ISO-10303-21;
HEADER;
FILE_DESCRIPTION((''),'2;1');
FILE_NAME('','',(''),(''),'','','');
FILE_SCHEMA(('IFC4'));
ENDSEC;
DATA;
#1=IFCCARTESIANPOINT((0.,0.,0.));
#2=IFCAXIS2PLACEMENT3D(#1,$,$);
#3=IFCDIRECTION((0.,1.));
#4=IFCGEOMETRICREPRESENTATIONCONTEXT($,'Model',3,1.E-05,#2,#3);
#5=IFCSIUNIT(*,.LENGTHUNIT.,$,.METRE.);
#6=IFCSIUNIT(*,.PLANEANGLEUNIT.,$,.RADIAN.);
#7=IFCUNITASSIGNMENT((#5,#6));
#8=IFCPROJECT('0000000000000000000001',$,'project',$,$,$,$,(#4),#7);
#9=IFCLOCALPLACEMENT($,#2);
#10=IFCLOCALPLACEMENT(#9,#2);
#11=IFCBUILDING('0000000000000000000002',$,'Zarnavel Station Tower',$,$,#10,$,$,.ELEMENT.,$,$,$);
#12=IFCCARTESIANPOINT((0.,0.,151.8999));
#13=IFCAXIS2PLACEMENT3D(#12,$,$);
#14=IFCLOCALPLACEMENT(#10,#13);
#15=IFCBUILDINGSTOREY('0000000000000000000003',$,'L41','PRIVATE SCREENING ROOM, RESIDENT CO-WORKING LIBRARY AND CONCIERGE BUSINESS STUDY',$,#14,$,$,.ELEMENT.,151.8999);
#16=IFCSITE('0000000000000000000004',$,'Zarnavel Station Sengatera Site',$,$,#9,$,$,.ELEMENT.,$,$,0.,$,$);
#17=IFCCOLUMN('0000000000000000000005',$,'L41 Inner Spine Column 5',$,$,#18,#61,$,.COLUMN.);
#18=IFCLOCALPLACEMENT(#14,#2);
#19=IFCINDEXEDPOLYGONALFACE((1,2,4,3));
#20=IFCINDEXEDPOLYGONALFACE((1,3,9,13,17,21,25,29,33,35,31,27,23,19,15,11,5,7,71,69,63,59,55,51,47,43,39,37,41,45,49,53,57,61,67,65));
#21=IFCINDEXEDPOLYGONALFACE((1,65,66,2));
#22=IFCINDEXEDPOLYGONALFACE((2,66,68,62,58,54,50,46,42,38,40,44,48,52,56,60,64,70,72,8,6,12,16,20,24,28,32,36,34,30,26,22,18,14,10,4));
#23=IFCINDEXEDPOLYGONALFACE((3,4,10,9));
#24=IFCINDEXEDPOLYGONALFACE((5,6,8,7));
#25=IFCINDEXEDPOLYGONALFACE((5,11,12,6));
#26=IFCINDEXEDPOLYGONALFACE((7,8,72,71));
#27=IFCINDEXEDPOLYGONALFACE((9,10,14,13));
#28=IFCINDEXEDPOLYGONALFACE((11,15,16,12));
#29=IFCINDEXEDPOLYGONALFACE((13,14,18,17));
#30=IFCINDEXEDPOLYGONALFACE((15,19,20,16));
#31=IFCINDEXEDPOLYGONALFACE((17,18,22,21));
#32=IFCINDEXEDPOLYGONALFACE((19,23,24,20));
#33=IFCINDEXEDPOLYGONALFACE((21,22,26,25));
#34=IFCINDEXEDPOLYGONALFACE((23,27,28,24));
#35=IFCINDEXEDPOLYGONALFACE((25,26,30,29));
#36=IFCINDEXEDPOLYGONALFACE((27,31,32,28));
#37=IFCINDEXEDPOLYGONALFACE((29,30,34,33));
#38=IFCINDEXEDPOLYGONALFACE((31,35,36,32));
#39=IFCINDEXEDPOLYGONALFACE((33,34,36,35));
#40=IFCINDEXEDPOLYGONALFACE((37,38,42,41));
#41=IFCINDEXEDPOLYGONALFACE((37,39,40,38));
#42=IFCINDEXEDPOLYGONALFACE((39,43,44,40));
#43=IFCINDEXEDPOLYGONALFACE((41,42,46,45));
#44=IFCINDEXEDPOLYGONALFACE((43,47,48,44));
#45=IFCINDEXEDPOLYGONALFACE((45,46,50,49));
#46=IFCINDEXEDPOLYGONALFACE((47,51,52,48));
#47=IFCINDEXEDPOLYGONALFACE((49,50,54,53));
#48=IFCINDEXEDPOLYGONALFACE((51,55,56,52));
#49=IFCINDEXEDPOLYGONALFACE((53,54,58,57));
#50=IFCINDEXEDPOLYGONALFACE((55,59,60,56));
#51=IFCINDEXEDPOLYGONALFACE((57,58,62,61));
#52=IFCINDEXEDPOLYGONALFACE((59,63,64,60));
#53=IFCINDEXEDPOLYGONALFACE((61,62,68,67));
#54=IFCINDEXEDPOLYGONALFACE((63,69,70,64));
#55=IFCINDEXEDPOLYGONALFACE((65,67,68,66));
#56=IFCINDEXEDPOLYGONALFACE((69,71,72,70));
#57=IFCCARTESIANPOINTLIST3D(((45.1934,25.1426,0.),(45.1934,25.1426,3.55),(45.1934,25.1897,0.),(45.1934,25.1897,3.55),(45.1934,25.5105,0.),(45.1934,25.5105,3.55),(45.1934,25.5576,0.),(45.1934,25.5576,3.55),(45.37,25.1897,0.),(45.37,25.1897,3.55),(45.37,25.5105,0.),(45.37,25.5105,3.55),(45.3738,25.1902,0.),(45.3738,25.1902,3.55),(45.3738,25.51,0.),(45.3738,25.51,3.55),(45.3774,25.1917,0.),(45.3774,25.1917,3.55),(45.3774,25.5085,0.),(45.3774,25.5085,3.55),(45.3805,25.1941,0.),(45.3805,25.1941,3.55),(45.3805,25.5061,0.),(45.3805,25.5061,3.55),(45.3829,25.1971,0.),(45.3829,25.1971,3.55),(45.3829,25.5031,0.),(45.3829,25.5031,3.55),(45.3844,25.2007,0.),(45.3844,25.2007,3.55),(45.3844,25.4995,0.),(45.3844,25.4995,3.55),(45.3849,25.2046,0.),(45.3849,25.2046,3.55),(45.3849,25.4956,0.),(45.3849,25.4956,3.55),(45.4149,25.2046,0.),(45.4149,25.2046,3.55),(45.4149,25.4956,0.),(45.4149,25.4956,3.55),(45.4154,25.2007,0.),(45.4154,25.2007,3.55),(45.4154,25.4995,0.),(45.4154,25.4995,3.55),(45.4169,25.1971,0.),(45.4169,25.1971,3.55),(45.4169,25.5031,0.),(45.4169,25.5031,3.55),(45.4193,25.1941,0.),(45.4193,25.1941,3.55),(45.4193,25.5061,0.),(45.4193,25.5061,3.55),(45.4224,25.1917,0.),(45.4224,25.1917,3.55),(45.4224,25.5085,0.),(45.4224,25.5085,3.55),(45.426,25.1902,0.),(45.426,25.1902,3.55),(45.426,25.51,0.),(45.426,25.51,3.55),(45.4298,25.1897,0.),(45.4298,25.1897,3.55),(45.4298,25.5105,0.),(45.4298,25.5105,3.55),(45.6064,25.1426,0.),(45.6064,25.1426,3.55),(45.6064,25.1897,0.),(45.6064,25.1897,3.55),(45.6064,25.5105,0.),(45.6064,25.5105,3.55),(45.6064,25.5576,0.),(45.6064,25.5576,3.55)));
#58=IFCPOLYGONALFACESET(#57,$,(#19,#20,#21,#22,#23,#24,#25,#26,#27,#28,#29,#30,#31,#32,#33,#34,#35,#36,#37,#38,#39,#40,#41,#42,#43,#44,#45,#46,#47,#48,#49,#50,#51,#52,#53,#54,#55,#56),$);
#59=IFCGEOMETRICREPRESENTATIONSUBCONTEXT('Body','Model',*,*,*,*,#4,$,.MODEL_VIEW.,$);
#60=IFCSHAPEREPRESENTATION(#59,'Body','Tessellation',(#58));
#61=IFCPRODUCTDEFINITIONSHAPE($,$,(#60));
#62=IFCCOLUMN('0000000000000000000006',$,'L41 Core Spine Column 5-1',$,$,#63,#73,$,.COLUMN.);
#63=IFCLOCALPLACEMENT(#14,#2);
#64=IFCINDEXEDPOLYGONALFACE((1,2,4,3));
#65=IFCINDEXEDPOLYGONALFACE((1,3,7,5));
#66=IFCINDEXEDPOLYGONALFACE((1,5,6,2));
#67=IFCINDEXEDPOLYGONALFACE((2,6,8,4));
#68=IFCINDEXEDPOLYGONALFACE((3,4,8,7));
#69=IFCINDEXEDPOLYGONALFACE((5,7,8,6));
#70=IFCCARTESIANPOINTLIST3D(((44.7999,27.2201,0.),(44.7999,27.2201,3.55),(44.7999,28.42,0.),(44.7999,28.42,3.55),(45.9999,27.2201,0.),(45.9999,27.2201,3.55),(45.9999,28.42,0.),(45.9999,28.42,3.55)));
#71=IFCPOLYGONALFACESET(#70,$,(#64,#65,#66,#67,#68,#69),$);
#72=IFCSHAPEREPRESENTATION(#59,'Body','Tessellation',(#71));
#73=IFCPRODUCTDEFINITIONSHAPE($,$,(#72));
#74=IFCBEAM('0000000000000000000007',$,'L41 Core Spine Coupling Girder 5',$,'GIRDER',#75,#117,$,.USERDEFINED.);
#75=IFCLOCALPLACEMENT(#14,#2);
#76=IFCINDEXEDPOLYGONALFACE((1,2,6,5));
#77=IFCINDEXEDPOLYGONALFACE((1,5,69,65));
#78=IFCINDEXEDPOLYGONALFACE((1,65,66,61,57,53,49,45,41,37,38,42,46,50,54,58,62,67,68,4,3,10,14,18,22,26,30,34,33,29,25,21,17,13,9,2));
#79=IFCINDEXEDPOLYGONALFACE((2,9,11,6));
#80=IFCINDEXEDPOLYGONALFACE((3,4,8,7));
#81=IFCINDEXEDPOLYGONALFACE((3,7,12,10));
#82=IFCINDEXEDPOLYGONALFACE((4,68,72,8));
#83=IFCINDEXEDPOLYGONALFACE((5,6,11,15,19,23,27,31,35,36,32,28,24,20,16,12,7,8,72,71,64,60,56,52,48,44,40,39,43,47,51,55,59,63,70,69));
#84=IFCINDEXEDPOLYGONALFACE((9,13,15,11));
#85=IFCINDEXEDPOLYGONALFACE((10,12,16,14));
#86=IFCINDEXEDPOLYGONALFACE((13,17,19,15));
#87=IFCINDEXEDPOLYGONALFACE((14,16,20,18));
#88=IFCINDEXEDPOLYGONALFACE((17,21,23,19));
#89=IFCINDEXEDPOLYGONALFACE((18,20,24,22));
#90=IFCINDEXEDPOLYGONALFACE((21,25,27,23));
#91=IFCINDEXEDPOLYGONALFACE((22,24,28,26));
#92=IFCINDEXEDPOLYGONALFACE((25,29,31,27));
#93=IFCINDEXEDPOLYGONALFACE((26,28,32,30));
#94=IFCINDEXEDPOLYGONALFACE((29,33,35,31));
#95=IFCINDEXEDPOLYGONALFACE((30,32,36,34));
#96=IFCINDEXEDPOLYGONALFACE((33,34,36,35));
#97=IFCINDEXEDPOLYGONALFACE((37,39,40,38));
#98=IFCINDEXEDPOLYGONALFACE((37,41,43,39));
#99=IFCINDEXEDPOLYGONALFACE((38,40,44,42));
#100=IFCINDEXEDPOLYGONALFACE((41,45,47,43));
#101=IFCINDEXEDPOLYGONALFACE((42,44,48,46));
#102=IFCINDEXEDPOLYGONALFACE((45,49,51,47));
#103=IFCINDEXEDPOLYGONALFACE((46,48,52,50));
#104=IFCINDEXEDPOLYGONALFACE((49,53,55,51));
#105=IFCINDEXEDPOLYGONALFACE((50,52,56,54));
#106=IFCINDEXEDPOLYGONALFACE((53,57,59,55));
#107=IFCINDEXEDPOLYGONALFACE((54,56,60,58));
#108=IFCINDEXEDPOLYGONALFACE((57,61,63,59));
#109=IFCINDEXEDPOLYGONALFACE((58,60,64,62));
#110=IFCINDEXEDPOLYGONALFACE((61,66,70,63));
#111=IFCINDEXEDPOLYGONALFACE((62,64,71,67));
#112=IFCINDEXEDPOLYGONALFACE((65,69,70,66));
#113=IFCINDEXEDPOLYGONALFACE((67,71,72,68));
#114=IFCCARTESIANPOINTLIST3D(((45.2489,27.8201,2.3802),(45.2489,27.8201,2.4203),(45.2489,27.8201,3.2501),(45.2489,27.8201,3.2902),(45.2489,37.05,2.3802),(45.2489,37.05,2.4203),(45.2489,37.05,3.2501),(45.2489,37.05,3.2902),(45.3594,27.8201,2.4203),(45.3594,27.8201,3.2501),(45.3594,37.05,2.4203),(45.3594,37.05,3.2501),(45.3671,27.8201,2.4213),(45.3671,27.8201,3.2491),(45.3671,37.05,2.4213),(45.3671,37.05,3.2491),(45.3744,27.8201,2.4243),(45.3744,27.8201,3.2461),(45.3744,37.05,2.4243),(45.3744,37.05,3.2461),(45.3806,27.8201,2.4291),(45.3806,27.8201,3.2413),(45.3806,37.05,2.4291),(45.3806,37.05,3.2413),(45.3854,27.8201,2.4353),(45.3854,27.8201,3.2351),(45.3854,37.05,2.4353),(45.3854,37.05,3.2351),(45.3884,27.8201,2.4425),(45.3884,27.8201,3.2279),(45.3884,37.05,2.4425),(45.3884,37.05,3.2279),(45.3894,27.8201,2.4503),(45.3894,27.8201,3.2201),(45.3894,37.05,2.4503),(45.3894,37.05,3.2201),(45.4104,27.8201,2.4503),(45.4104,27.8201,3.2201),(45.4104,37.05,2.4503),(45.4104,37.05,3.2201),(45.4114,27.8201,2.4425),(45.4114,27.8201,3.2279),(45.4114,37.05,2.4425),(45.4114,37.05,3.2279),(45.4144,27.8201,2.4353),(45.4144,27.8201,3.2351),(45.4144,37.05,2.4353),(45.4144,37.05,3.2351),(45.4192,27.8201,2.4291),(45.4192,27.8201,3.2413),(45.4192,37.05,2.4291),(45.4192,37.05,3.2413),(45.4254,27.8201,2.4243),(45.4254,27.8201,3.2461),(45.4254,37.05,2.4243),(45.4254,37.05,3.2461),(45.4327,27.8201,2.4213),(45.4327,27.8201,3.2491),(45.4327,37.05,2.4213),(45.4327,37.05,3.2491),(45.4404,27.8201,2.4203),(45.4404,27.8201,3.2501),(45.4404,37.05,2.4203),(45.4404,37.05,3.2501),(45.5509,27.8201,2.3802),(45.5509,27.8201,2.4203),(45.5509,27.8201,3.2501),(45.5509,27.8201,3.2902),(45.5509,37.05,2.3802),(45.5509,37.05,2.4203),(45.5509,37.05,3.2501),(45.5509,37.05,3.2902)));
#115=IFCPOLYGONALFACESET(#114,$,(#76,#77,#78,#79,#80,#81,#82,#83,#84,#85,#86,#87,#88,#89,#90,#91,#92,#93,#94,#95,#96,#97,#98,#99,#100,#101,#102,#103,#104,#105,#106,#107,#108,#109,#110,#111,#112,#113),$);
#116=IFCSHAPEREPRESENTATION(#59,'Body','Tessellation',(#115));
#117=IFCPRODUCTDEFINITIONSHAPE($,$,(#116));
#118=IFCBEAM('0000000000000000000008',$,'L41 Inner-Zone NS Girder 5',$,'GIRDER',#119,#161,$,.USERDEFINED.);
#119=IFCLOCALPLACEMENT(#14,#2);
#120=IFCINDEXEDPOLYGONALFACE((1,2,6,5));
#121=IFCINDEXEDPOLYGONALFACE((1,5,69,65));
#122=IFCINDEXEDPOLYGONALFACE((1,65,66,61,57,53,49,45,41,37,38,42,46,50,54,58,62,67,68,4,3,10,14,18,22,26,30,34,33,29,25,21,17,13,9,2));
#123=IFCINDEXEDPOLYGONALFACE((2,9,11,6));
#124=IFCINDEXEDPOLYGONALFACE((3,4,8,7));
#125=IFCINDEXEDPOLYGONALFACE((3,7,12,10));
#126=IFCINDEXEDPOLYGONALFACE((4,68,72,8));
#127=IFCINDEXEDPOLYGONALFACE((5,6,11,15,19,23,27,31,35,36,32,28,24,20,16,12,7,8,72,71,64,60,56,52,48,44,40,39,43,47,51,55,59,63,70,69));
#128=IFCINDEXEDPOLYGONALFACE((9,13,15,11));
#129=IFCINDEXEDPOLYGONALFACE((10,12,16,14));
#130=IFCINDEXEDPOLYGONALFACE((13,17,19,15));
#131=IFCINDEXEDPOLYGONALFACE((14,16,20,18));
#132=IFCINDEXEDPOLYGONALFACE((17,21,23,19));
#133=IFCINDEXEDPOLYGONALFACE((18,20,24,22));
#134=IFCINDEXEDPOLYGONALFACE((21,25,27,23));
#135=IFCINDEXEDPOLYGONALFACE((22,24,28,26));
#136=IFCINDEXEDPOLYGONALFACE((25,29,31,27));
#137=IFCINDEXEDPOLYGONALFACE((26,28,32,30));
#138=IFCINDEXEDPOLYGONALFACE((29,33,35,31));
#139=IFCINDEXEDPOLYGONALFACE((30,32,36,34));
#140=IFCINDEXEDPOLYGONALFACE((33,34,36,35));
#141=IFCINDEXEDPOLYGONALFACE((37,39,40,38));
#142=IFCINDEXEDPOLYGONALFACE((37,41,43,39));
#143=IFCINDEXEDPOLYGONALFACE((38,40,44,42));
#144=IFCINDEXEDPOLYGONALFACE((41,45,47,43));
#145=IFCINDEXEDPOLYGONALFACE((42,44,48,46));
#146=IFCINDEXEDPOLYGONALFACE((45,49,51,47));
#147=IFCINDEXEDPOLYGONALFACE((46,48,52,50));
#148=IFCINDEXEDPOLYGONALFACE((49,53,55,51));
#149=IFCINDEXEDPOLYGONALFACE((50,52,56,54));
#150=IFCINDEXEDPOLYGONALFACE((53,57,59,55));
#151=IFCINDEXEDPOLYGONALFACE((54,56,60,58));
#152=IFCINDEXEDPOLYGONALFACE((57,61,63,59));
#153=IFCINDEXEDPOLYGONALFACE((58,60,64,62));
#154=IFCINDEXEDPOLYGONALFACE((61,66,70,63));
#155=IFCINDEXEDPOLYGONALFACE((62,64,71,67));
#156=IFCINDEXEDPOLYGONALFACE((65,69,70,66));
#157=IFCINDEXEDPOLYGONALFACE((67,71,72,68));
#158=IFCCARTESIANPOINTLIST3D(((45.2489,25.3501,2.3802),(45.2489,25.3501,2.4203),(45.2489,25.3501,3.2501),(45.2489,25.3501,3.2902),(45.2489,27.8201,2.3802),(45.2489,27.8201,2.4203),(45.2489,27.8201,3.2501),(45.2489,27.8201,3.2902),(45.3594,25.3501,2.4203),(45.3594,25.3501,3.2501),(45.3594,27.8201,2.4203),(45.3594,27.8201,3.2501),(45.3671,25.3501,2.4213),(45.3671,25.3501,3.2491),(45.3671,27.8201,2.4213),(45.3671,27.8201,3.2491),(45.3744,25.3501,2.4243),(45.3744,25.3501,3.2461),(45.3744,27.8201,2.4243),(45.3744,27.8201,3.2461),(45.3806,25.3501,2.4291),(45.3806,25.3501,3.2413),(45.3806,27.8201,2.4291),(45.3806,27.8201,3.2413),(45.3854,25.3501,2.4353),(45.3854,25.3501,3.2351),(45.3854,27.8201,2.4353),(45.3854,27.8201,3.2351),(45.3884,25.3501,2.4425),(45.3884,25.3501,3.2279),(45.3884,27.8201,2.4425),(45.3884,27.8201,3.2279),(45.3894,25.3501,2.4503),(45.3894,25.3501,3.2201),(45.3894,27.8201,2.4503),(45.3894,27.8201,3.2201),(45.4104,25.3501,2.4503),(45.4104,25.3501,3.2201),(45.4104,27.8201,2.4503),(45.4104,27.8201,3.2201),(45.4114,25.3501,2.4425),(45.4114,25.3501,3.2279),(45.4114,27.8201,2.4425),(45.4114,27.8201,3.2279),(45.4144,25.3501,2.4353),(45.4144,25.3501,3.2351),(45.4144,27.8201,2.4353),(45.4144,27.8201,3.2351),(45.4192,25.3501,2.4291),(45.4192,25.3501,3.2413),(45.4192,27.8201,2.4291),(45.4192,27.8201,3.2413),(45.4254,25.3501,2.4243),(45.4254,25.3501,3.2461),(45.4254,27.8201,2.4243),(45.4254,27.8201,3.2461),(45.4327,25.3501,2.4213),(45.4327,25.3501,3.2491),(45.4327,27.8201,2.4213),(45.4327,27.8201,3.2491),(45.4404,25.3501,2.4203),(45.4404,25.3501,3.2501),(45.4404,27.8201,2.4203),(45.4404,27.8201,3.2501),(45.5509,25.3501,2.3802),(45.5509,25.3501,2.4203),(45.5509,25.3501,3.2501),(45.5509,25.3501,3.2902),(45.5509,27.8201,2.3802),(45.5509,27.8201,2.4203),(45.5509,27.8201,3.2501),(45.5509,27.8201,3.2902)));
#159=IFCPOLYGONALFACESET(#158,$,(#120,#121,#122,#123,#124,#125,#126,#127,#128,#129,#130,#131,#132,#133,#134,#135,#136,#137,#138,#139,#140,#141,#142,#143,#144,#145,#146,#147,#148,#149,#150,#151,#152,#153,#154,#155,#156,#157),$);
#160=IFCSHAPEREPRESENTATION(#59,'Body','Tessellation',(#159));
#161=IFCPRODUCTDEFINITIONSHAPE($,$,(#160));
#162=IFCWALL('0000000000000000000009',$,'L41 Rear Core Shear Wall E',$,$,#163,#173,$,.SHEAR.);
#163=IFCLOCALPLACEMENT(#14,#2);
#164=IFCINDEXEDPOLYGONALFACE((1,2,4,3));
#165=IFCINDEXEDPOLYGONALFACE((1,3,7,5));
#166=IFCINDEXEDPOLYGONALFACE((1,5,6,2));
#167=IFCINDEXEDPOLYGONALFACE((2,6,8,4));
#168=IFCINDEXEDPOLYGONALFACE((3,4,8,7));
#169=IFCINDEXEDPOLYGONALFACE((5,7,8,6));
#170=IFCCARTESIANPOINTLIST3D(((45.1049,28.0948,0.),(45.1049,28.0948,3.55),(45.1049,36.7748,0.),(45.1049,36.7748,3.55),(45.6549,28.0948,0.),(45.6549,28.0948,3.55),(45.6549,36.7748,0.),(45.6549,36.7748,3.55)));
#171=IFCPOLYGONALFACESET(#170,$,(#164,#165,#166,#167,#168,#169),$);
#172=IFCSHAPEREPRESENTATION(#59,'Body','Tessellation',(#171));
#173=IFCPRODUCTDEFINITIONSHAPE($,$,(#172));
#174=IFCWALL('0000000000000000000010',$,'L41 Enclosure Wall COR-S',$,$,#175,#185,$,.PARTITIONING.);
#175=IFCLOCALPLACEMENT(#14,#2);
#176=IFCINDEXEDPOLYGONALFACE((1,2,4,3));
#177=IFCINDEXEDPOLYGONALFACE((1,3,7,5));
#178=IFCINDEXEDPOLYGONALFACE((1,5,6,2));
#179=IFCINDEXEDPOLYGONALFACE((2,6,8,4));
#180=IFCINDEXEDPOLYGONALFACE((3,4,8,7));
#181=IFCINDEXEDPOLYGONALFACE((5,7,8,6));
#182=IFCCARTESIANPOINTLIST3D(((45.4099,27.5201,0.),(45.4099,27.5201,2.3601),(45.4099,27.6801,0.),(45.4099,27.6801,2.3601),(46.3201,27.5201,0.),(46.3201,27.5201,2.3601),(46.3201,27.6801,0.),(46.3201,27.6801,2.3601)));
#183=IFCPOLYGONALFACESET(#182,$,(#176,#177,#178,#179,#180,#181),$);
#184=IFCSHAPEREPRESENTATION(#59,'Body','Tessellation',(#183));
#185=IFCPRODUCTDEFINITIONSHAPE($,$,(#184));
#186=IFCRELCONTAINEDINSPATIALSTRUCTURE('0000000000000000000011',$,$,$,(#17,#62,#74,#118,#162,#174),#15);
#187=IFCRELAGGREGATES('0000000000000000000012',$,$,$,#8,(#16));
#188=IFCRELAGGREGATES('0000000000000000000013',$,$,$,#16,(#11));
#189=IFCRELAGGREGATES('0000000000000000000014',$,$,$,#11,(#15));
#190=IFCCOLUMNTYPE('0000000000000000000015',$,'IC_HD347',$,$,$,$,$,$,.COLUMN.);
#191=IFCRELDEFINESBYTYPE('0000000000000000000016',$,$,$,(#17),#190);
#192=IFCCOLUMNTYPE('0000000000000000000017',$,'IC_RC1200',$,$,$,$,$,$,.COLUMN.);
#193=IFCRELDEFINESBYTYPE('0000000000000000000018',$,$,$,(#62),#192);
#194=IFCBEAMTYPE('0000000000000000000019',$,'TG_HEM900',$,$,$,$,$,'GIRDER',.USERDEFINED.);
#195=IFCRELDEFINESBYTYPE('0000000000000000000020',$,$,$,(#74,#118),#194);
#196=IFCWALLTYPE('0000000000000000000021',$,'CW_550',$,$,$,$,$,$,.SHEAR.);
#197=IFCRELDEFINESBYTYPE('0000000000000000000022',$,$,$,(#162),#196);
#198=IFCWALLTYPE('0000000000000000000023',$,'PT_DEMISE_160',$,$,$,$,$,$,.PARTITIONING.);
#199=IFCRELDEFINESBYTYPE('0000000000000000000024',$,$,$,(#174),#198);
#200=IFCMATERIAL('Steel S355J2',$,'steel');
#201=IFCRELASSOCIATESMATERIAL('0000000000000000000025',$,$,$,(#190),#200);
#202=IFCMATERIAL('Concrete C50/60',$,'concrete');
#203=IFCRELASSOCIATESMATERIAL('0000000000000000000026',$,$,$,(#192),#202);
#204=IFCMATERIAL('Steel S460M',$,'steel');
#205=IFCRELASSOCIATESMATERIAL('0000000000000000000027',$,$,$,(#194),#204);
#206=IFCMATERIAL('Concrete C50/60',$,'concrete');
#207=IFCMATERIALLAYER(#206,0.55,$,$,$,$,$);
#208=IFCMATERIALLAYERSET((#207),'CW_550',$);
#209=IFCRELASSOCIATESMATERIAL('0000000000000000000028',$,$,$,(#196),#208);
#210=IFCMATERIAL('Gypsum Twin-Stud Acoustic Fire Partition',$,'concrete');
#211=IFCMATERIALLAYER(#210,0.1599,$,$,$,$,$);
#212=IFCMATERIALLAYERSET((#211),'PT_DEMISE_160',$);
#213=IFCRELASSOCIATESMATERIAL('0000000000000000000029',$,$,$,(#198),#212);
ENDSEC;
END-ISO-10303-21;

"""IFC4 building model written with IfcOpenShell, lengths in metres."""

from ifc_helpers import new_model, si_unit, direction, frame, frame_2d, origin, origin_2d, place, context, subcontext, project, spatial, rectangle, i_section, extrude, material, layer, layer_set, material_profile, profile_set, type_object, element, save


model = new_model("IFC4")

# Units and contexts
model_context = context("Model", 3, precision=1e-05, world=origin(), true_north=direction((0.0, 1.0)))
body_context = subcontext(model_context, "Body", "Model", "MODEL_VIEW")
ifc_project = project(units=[si_unit("LENGTHUNIT", "METRE"), si_unit("PLANEANGLEUNIT", "RADIAN")], contexts=[model_context])

# Site, building, storey
site_placement = place(None, origin())
site = spatial("IfcSite", under=ifc_project, at=site_placement, Name="Zarnavel Station Sengatera Site", CompositionType="ELEMENT", RefElevation=0.0)
building_placement = place(site_placement, origin())
building = spatial("IfcBuilding", under=site, at=building_placement, Name="Zarnavel Station Tower", CompositionType="ELEMENT")
storey_placement = place(building_placement, frame((0.0, 0.0, 151.8999)))
storey = spatial("IfcBuildingStorey", under=building, at=storey_placement, Name="L41", Description="PRIVATE SCREENING ROOM, RESIDENT CO-WORKING LIBRARY AND CONCIERGE BUSINESS STUDY", CompositionType="ELEMENT", Elevation=151.8999)

# Columns
ifc_material_1 = material(Name="Steel S355J2", Category="steel")
ifc_material_profile_1 = material_profile(ifc_material_1, i_section(OverallWidth=0.4131, OverallDepth=0.415, WebThickness=0.03, FlangeThickness=0.0471, FilletRadius=0.0149, at=origin_2d()), Name="HD400x347")
ifc_profile_set_1 = profile_set([ifc_material_profile_1], Name="Steel S355J2")
column_type_1 = type_object("IfcColumnType", Name="IC_HD347", PredefinedType="COLUMN", material=ifc_profile_set_1)
column_1_placement = place(storey_placement, frame((45.3999, 25.3501, 0.0), z_axis=(0.0, 0.0, 1.0), x_axis=(1.0, 0.0, 0.0)))
element("IfcColumn", 1, at=column_1_placement, inside=storey, type_object=column_type_1, Name="L41 Inner Spine Column 5", PredefinedType="COLUMN", context=body_context, shape_type="SweptSolid", body=[
    extrude(i_section(OverallWidth=0.4131, OverallDepth=0.415, WebThickness=0.03, FlangeThickness=0.0471, FilletRadius=0.0149, at=origin_2d()), origin(), (0.0, 0.0, 1.0), 3.55),
])
ifc_material_2 = material(Name="Concrete C50/60", Category="concrete")
ifc_material_profile_2 = material_profile(ifc_material_2, rectangle(XDim=1.2, YDim=1.2, at=origin_2d()), Name="RC1200x1200")
ifc_profile_set_2 = profile_set([ifc_material_profile_2], Name="Concrete C50/60")
column_type_2 = type_object("IfcColumnType", Name="IC_RC1200", PredefinedType="COLUMN", material=ifc_profile_set_2)
column_2_placement = place(storey_placement, frame((45.3999, 27.8201, 0.0), z_axis=(0.0, 0.0, 1.0), x_axis=(1.0, 0.0, 0.0)))
element("IfcColumn", 2, at=column_2_placement, inside=storey, type_object=column_type_2, Name="L41 Core Spine Column 5-1", PredefinedType="COLUMN", context=body_context, shape_type="SweptSolid", body=[
    extrude(rectangle(XDim=1.2, YDim=1.2, at=origin_2d()), origin(), (0.0, 0.0, 1.0), 3.55),
])

# Beams
ifc_material_3 = material(Name="Steel S460M", Category="steel")
ifc_material_profile_3 = material_profile(ifc_material_3, i_section(OverallWidth=0.302, OverallDepth=0.9099, WebThickness=0.021, FlangeThickness=0.04, FilletRadius=0.03, at=origin_2d()), Name="HEM900")
ifc_profile_set_3 = profile_set([ifc_material_profile_3], Name="Steel S460M")
beam_type = type_object("IfcBeamType", Name="TG_HEM900", ElementType="GIRDER", PredefinedType="USERDEFINED", material=ifc_profile_set_3)
beam_1_placement = place(storey_placement, frame((45.3999, 27.8201, 2.8352), z_axis=(0.0, 1.0, 0.0), x_axis=(-1.0, 0.0, 0.0)))
element("IfcBeam", 3, at=beam_1_placement, inside=storey, type_object=beam_type, Name="L41 Core Spine Coupling Girder 5", ObjectType="GIRDER", PredefinedType="USERDEFINED", context=body_context, shape_type="SweptSolid", body=[
    extrude(i_section(OverallWidth=0.302, OverallDepth=0.9099, WebThickness=0.021, FlangeThickness=0.04, FilletRadius=0.03, at=origin_2d()), origin(), (0.0, 0.0, 1.0), 9.23),
])
beam_2_placement = place(storey_placement, frame((45.3999, 25.3501, 2.8352), z_axis=(0.0, 1.0, 0.0), x_axis=(-1.0, 0.0, 0.0)))
element("IfcBeam", 4, at=beam_2_placement, inside=storey, type_object=beam_type, Name="L41 Inner-Zone NS Girder 5", ObjectType="GIRDER", PredefinedType="USERDEFINED", context=body_context, shape_type="SweptSolid", body=[
    extrude(i_section(OverallWidth=0.302, OverallDepth=0.9099, WebThickness=0.021, FlangeThickness=0.04, FilletRadius=0.03, at=origin_2d()), origin(), (0.0, 0.0, 1.0), 2.47),
])

# Shared definitions
ifc_material_4 = material(Name="Concrete C50/60", Category="concrete")
ifc_layer_1 = layer(ifc_material_4, 0.55)
ifc_layer_set_1 = layer_set([ifc_layer_1], Name="CW_550")
wall_type_1 = type_object("IfcWallType", Name="CW_550", PredefinedType="SHEAR", material=ifc_layer_set_1)

# Wall
wall_1_placement = place(storey_placement, frame((45.3799, 28.095, 0.0), z_axis=(0.0, 0.0, 1.0), x_axis=(0.0, 1.0, 0.0)))
element("IfcWall", 5, at=wall_1_placement, inside=storey, type_object=wall_type_1, Name="L41 Rear Core Shear Wall E", PredefinedType="SHEAR", context=body_context, shape_type="SweptSolid", body=[
    extrude(rectangle(XDim=8.6799, YDim=0.55, at=frame_2d((4.3398, 0.0))), origin(), (0.0, 0.0, 1.0), 3.55),
])

# Shared definitions
ifc_material_5 = material(Name="Gypsum Twin-Stud Acoustic Fire Partition", Category="concrete")
ifc_layer_2 = layer(ifc_material_5, 0.1599)
ifc_layer_set_2 = layer_set([ifc_layer_2], Name="PT_DEMISE_160")
wall_type_2 = type_object("IfcWallType", Name="PT_DEMISE_160", PredefinedType="PARTITIONING", material=ifc_layer_set_2)

# Wall
wall_2_placement = place(storey_placement, frame((45.4099, 27.6001, 0.0), z_axis=(0.0, 0.0, 1.0), x_axis=(1.0, 0.0, 0.0)))
element("IfcWall", 6, at=wall_2_placement, inside=storey, type_object=wall_type_2, Name="L41 Enclosure Wall COR-S", PredefinedType="PARTITIONING", context=body_context, shape_type="SweptSolid", body=[
    extrude(rectangle(XDim=0.9102, YDim=0.1599, at=frame_2d((0.4551, 0.0))), origin(), (0.0, 0.0, 1.0), 2.3601),
])

save(model, "model.ifc")
